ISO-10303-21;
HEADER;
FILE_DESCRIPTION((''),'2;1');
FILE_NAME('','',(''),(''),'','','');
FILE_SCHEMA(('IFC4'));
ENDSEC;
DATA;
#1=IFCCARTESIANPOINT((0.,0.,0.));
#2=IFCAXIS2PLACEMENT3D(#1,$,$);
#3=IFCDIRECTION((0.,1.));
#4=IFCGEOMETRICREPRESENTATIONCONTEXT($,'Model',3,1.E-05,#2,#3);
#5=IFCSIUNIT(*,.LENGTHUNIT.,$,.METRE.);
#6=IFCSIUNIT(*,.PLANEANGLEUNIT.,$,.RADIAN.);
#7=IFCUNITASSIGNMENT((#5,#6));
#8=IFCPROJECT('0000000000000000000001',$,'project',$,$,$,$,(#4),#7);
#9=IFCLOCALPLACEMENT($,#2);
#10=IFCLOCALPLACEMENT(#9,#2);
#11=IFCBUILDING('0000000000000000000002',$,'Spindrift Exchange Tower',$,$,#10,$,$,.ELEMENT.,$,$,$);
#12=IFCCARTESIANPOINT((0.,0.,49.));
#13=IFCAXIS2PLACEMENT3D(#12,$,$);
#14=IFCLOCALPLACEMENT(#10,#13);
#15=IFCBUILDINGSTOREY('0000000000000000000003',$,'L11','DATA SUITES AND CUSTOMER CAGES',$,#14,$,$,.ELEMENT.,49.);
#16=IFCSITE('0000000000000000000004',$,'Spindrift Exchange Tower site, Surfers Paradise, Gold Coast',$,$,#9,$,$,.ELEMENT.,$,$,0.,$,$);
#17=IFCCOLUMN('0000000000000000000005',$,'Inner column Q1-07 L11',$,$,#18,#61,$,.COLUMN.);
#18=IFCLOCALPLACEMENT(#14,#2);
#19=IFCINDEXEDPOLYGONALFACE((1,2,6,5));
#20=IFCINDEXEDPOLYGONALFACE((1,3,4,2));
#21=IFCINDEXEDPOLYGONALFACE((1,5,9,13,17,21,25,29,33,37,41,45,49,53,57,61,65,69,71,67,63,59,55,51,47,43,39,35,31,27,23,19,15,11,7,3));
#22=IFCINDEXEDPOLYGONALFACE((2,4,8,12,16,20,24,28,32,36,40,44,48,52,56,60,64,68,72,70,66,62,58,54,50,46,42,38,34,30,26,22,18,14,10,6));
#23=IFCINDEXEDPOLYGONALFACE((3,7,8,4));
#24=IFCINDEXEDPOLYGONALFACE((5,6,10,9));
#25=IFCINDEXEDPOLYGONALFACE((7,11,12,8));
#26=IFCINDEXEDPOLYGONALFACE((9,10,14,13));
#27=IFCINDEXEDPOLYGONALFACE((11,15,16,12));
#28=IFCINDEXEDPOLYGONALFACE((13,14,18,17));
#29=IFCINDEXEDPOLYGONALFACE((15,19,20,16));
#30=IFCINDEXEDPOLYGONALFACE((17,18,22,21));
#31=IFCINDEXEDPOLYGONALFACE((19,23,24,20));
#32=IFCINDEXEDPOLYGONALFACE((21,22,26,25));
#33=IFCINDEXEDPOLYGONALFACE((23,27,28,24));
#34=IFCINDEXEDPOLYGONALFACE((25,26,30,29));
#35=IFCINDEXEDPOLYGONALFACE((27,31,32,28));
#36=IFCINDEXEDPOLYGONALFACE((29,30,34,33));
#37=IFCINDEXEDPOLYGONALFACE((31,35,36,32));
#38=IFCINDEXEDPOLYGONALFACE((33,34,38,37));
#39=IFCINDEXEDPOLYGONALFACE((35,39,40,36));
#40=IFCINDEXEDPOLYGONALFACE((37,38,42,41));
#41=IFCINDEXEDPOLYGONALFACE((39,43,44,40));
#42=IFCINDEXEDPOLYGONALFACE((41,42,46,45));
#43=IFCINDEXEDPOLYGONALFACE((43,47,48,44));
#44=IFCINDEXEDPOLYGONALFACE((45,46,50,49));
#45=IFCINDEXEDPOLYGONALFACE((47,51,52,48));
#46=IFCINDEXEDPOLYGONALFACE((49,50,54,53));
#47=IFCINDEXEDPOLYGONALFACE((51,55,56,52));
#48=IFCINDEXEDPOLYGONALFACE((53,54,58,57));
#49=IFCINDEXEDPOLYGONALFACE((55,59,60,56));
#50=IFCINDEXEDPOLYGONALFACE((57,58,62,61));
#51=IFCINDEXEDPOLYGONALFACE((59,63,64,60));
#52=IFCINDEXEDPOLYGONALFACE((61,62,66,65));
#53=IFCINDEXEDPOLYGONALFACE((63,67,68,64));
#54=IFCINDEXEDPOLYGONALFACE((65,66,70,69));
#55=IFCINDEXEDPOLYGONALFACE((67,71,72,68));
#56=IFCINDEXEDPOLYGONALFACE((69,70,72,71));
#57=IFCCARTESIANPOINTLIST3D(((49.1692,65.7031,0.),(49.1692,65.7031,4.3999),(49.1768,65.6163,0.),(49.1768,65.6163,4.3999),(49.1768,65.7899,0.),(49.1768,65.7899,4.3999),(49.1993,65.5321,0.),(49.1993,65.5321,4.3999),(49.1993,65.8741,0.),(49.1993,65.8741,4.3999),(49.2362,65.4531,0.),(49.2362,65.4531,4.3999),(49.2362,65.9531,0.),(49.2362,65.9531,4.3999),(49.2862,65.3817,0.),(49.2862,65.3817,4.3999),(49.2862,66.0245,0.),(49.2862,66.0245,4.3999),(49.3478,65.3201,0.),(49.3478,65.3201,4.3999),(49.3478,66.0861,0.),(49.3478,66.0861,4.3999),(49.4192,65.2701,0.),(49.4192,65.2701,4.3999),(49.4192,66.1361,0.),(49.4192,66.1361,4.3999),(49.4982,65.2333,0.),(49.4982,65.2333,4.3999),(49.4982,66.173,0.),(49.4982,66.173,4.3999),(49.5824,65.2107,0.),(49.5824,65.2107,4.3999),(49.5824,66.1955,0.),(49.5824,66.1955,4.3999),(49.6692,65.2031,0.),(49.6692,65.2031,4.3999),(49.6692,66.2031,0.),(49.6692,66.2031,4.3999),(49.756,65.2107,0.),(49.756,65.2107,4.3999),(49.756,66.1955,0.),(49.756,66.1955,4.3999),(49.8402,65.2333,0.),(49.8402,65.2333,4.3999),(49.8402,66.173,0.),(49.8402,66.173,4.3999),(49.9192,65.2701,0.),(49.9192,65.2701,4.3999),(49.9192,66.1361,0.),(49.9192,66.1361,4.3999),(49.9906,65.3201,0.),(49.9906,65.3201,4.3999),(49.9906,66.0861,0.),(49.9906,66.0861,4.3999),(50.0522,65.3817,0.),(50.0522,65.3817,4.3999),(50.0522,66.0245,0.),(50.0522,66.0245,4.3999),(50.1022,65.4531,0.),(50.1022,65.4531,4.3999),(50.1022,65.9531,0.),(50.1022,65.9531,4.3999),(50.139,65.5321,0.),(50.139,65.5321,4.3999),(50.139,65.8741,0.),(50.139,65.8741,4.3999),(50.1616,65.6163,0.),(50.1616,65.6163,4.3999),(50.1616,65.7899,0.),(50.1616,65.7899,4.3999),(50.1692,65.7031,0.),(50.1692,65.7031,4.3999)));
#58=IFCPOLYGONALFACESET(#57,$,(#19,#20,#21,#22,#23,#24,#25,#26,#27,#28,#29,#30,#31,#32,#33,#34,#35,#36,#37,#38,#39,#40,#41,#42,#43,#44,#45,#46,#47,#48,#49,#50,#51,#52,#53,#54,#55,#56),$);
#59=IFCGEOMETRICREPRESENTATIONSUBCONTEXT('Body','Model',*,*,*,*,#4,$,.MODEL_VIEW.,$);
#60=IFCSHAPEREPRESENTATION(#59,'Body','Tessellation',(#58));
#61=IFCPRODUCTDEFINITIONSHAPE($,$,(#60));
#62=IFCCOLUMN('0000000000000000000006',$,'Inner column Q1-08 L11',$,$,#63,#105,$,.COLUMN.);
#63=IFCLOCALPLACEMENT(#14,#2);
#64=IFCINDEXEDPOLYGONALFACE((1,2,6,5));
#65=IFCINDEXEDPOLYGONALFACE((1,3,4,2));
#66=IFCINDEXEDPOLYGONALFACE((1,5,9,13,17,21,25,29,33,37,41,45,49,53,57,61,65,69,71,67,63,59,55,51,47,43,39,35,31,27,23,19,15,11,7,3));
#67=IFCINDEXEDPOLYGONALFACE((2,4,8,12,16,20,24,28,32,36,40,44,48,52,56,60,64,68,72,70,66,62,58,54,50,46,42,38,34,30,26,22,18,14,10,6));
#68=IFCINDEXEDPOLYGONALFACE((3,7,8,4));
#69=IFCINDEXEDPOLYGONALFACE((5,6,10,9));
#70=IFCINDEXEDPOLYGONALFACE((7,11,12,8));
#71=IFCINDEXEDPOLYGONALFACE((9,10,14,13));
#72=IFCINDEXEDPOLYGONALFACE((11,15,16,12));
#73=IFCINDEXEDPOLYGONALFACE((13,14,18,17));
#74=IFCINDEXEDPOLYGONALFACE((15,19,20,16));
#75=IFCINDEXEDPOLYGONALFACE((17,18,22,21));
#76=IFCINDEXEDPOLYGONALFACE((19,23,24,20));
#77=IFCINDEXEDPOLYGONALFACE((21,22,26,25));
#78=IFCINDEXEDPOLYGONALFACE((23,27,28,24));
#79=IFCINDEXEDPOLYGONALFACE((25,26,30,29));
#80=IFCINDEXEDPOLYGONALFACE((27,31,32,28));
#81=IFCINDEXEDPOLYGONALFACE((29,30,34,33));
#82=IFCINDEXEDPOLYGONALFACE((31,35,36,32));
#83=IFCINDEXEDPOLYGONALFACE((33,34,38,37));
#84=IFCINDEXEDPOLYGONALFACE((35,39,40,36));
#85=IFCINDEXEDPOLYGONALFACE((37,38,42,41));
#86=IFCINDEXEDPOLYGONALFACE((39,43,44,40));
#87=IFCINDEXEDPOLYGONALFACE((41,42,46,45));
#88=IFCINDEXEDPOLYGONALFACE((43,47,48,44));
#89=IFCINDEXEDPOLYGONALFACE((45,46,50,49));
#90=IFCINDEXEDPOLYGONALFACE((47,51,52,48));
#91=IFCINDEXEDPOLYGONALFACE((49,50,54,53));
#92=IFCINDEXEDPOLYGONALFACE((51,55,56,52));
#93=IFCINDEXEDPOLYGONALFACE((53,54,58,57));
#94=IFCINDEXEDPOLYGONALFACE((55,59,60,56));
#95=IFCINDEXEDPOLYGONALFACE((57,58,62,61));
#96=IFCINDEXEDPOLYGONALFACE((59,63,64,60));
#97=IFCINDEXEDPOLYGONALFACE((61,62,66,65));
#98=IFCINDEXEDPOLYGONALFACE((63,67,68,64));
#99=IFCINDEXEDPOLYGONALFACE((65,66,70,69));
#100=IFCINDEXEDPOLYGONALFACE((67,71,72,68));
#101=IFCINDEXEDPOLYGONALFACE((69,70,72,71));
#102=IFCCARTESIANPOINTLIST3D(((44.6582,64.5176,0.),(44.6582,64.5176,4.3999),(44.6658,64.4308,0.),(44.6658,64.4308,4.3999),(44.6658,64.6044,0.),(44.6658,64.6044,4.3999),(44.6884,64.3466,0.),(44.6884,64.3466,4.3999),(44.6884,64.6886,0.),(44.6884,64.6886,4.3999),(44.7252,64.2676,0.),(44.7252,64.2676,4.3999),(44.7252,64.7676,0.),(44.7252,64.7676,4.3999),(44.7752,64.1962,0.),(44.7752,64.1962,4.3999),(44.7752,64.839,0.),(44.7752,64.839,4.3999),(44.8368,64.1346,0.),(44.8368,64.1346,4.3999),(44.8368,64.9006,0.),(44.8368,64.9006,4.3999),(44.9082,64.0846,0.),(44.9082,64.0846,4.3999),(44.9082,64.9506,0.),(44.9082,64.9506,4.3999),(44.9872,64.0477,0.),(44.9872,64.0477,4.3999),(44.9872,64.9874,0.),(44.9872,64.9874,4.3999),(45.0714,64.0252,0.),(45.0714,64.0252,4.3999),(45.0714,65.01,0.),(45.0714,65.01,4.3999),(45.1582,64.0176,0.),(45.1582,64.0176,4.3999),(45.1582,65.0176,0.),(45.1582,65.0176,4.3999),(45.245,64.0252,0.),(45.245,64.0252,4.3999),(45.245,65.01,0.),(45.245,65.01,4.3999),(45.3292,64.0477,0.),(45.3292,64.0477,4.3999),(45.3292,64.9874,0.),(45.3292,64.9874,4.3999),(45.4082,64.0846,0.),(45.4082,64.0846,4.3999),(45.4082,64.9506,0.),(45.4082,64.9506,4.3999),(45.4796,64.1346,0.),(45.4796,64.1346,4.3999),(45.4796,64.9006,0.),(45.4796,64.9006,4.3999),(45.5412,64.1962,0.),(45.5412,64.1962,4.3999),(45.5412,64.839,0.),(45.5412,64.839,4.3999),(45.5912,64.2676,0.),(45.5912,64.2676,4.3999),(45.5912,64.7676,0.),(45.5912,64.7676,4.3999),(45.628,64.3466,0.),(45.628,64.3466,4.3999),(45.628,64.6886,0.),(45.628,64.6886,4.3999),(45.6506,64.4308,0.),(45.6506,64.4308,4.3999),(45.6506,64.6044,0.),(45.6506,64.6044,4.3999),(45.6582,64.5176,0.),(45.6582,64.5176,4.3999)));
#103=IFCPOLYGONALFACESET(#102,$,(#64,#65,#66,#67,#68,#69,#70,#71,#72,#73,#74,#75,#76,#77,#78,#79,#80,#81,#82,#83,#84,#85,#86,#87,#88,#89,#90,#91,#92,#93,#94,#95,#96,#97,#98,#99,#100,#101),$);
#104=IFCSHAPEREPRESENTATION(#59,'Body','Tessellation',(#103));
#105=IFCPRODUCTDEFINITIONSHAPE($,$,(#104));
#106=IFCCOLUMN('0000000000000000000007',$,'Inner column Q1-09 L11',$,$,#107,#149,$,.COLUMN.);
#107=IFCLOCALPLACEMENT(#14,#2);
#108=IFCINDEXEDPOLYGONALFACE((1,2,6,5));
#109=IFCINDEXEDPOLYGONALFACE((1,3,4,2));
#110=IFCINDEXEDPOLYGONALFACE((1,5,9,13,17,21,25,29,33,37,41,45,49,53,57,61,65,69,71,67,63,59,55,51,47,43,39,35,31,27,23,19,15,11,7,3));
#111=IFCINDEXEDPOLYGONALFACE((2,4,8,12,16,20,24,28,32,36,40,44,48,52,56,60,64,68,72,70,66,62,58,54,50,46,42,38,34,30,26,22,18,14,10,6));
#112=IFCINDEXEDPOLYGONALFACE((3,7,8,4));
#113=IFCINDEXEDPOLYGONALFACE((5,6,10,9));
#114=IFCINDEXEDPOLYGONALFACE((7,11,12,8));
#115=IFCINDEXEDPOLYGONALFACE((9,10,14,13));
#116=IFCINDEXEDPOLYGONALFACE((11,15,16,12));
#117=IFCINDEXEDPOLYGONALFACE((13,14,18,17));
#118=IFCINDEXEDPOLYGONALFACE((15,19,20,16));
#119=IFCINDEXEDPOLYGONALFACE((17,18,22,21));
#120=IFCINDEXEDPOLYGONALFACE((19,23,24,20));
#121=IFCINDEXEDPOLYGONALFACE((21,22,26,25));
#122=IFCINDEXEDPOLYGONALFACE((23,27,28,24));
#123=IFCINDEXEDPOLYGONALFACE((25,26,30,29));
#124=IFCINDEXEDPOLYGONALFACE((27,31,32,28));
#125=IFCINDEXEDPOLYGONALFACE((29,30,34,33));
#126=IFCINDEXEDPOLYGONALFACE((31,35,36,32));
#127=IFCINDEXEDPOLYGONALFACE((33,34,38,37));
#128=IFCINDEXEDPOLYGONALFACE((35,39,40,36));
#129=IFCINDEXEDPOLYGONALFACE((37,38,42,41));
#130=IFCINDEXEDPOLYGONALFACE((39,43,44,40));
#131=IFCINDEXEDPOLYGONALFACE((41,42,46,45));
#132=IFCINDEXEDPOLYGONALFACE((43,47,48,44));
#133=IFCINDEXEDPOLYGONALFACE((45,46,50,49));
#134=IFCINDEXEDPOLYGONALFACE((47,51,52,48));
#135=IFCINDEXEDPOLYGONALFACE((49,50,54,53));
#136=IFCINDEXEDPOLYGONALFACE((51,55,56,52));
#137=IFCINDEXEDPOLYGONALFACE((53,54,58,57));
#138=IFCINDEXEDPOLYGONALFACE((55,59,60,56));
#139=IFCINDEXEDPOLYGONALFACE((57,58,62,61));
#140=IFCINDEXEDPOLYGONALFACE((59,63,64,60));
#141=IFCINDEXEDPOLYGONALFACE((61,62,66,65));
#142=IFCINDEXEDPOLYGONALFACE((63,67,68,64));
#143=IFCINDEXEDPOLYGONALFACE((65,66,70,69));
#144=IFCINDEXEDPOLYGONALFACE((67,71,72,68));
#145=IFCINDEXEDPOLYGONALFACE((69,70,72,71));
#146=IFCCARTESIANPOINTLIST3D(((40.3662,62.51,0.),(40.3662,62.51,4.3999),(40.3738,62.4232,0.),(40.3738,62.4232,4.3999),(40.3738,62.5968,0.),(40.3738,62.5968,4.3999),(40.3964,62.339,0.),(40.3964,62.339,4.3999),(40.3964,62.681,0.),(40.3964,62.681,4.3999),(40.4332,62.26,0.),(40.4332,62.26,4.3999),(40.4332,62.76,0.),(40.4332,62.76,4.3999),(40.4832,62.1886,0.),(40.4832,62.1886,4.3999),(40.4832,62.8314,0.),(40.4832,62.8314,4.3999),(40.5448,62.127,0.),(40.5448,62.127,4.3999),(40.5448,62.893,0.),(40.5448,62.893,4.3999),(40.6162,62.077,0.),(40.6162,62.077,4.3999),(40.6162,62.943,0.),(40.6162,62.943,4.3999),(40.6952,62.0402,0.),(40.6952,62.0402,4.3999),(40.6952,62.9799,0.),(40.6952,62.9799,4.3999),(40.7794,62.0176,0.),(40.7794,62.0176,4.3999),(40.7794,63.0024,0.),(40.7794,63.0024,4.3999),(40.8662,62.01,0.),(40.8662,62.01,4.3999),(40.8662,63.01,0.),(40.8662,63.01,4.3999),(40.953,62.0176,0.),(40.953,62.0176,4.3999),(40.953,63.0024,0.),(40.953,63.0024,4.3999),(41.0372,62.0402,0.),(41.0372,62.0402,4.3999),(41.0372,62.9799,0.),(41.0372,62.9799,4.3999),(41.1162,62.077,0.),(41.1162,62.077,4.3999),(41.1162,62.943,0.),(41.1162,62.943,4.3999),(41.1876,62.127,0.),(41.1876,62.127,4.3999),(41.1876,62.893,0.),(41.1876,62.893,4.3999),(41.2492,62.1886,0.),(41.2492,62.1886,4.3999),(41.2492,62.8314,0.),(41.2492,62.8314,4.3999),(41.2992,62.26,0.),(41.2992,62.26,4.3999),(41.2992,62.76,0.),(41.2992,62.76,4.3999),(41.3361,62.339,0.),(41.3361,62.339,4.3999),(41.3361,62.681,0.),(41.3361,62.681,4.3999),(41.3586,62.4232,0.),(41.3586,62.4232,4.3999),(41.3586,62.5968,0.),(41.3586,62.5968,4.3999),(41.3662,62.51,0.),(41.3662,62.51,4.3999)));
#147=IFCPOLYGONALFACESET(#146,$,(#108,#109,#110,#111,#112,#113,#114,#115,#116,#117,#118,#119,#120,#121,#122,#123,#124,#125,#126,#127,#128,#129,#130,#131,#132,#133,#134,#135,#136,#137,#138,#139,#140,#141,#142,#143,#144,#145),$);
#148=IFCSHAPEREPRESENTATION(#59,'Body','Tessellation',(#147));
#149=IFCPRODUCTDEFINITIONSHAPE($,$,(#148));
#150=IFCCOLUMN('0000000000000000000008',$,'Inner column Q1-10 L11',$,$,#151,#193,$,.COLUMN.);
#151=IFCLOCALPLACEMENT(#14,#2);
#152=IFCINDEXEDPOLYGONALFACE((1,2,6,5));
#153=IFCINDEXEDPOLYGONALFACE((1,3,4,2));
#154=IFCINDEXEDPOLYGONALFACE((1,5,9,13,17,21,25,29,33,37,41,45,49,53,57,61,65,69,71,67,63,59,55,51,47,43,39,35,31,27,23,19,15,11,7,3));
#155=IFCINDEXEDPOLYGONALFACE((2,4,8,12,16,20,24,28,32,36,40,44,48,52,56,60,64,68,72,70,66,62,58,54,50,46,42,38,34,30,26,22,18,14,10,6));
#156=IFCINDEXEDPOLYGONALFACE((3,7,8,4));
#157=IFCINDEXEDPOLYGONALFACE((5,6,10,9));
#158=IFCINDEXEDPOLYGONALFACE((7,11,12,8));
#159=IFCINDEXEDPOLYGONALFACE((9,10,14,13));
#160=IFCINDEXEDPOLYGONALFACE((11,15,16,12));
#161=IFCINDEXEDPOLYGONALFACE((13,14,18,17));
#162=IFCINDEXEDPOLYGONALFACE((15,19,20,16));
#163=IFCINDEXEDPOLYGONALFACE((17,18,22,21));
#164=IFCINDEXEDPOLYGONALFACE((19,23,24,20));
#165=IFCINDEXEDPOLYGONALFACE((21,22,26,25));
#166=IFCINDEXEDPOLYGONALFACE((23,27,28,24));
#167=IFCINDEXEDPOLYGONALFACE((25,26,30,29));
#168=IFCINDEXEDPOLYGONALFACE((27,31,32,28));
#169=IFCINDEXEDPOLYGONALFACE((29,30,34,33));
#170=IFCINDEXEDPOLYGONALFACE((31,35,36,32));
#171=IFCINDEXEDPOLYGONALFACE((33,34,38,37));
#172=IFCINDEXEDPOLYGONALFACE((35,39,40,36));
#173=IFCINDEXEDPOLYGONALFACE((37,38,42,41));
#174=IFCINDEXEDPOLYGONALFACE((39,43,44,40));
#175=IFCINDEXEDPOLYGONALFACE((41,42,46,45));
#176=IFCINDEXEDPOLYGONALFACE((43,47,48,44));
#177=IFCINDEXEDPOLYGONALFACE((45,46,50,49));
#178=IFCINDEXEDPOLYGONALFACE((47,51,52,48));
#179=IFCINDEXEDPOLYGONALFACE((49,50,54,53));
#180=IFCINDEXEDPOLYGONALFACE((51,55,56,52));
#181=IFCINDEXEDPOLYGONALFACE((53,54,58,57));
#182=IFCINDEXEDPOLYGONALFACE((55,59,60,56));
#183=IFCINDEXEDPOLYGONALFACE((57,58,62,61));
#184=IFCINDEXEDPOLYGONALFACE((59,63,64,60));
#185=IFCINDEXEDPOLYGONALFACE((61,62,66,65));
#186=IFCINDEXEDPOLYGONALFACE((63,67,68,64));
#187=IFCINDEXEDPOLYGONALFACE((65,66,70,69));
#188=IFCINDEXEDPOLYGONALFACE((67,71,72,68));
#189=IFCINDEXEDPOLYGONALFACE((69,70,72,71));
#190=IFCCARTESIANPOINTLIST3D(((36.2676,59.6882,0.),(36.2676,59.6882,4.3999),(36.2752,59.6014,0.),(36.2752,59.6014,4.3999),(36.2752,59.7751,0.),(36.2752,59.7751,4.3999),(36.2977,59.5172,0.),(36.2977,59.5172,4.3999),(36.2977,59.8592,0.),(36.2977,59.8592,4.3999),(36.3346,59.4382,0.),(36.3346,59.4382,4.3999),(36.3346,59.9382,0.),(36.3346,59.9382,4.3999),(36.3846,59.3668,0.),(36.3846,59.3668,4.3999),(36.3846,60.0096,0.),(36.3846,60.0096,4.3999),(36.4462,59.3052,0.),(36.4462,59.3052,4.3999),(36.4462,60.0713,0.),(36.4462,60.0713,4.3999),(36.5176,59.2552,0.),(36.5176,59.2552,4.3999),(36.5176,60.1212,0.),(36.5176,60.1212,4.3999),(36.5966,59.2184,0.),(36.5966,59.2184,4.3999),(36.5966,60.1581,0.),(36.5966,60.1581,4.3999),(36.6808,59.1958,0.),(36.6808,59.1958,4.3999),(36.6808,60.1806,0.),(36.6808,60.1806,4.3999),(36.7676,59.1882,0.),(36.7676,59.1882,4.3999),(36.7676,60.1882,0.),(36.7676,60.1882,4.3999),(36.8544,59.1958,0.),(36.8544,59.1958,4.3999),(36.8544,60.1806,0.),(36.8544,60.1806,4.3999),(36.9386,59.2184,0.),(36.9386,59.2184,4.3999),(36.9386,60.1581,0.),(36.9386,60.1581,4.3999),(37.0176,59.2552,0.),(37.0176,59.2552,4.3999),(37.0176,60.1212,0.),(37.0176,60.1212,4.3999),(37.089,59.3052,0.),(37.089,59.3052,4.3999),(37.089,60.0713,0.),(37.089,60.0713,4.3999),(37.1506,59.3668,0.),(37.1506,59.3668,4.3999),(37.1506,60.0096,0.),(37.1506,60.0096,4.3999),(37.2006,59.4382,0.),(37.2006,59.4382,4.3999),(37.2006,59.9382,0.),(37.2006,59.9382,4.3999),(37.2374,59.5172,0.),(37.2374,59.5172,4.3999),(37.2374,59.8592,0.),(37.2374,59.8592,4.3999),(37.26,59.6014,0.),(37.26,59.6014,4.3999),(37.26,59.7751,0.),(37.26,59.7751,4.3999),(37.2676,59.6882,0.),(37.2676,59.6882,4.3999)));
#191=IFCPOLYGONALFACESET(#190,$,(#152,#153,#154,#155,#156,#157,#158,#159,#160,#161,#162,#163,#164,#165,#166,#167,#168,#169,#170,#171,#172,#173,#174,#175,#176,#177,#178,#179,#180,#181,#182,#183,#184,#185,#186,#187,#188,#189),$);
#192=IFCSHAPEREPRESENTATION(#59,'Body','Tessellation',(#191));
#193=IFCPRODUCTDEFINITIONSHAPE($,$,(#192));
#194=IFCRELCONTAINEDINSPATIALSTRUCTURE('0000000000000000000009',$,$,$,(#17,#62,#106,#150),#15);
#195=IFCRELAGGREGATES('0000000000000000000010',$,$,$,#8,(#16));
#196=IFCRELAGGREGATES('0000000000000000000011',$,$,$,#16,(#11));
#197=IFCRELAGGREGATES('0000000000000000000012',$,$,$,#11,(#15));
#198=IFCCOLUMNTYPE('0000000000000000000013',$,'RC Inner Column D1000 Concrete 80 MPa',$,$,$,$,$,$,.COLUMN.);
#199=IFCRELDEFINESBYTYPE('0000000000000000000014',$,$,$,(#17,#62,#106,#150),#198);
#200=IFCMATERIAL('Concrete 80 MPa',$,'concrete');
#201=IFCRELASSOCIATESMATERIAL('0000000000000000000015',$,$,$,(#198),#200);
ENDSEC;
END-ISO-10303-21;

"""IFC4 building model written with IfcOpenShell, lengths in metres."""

from ifc_helpers import new_model, si_unit, direction, frame, origin, origin_2d, place, context, subcontext, project, spatial, circle, extrude, source, transform, mapped, material, material_profile, profile_set, type_object, element, save


model = new_model("IFC4")

# Units and contexts
model_context = context("Model", 3, precision=1e-05, world=origin(), true_north=direction((0.0, 1.0)))
body_context = subcontext(model_context, "Body", "Model", "MODEL_VIEW")
ifc_project = project(units=[si_unit("LENGTHUNIT", "METRE"), si_unit("PLANEANGLEUNIT", "RADIAN")], contexts=[model_context])

# Site, building, storey
site_placement = place(None, origin())
site = spatial("IfcSite", under=ifc_project, at=site_placement, Name="Spindrift Exchange Tower site, Surfers Paradise, Gold Coast", CompositionType="ELEMENT", RefElevation=0.0)
building_placement = place(site_placement, origin())
building = spatial("IfcBuilding", under=site, at=building_placement, Name="Spindrift Exchange Tower", CompositionType="ELEMENT")
storey_placement = place(building_placement, frame((0.0, 0.0, 49.0)))
storey = spatial("IfcBuildingStorey", under=building, at=storey_placement, Name="L11", Description="DATA SUITES AND CUSTOMER CAGES", CompositionType="ELEMENT", Elevation=49.0)

# Columns
ifc_material_1 = material(Name="Concrete 80 MPa", Category="concrete")
ifc_material_profile_1 = material_profile(ifc_material_1, circle(Radius=0.5, at=origin_2d()), Name="RC D1000")
ifc_profile_set_1 = profile_set([ifc_material_profile_1], Name="Concrete 80 MPa")
column_type = type_object("IfcColumnType", Name="RC Inner Column D1000 Concrete 80 MPa", PredefinedType="COLUMN", material=ifc_profile_set_1)
shared_shape_1 = source(origin(), body_context, "Body", "SweptSolid", [
    extrude(circle(Radius=0.5, at=origin_2d()), origin(), (0.0, 0.0, 1.0), 4.3999),
])
for number, where, z_axis, x_axis, name in (
    (1, (49.6692, 65.7031, 0.0), (0.0, 0.0, 1.0), (1.0, 0.0, 0.0), "Inner column Q1-07 L11"),
    (2, (45.1582, 64.5176, 0.0), (0.0, 0.0, 1.0), (1.0, 0.0, 0.0), "Inner column Q1-08 L11"),
    (3, (40.8662, 62.51, 0.0), (0.0, 0.0, 1.0), (1.0, 0.0, 0.0), "Inner column Q1-09 L11"),
    (4, (36.7676, 59.6882, 0.0), (0.0, 0.0, 1.0), (1.0, 0.0, 0.0), "Inner column Q1-10 L11"),
):
    element("IfcColumn", number, at=place(storey_placement, frame(where, z_axis=z_axis, x_axis=x_axis)), inside=storey, type_object=column_type, Name=name, PredefinedType="COLUMN", context=body_context, shape_type="MappedRepresentation", body=[
        mapped(shared_shape_1, transform((0.0, 0.0, 0.0), scale=1.0)),
    ])

save(model, "model.ifc")
